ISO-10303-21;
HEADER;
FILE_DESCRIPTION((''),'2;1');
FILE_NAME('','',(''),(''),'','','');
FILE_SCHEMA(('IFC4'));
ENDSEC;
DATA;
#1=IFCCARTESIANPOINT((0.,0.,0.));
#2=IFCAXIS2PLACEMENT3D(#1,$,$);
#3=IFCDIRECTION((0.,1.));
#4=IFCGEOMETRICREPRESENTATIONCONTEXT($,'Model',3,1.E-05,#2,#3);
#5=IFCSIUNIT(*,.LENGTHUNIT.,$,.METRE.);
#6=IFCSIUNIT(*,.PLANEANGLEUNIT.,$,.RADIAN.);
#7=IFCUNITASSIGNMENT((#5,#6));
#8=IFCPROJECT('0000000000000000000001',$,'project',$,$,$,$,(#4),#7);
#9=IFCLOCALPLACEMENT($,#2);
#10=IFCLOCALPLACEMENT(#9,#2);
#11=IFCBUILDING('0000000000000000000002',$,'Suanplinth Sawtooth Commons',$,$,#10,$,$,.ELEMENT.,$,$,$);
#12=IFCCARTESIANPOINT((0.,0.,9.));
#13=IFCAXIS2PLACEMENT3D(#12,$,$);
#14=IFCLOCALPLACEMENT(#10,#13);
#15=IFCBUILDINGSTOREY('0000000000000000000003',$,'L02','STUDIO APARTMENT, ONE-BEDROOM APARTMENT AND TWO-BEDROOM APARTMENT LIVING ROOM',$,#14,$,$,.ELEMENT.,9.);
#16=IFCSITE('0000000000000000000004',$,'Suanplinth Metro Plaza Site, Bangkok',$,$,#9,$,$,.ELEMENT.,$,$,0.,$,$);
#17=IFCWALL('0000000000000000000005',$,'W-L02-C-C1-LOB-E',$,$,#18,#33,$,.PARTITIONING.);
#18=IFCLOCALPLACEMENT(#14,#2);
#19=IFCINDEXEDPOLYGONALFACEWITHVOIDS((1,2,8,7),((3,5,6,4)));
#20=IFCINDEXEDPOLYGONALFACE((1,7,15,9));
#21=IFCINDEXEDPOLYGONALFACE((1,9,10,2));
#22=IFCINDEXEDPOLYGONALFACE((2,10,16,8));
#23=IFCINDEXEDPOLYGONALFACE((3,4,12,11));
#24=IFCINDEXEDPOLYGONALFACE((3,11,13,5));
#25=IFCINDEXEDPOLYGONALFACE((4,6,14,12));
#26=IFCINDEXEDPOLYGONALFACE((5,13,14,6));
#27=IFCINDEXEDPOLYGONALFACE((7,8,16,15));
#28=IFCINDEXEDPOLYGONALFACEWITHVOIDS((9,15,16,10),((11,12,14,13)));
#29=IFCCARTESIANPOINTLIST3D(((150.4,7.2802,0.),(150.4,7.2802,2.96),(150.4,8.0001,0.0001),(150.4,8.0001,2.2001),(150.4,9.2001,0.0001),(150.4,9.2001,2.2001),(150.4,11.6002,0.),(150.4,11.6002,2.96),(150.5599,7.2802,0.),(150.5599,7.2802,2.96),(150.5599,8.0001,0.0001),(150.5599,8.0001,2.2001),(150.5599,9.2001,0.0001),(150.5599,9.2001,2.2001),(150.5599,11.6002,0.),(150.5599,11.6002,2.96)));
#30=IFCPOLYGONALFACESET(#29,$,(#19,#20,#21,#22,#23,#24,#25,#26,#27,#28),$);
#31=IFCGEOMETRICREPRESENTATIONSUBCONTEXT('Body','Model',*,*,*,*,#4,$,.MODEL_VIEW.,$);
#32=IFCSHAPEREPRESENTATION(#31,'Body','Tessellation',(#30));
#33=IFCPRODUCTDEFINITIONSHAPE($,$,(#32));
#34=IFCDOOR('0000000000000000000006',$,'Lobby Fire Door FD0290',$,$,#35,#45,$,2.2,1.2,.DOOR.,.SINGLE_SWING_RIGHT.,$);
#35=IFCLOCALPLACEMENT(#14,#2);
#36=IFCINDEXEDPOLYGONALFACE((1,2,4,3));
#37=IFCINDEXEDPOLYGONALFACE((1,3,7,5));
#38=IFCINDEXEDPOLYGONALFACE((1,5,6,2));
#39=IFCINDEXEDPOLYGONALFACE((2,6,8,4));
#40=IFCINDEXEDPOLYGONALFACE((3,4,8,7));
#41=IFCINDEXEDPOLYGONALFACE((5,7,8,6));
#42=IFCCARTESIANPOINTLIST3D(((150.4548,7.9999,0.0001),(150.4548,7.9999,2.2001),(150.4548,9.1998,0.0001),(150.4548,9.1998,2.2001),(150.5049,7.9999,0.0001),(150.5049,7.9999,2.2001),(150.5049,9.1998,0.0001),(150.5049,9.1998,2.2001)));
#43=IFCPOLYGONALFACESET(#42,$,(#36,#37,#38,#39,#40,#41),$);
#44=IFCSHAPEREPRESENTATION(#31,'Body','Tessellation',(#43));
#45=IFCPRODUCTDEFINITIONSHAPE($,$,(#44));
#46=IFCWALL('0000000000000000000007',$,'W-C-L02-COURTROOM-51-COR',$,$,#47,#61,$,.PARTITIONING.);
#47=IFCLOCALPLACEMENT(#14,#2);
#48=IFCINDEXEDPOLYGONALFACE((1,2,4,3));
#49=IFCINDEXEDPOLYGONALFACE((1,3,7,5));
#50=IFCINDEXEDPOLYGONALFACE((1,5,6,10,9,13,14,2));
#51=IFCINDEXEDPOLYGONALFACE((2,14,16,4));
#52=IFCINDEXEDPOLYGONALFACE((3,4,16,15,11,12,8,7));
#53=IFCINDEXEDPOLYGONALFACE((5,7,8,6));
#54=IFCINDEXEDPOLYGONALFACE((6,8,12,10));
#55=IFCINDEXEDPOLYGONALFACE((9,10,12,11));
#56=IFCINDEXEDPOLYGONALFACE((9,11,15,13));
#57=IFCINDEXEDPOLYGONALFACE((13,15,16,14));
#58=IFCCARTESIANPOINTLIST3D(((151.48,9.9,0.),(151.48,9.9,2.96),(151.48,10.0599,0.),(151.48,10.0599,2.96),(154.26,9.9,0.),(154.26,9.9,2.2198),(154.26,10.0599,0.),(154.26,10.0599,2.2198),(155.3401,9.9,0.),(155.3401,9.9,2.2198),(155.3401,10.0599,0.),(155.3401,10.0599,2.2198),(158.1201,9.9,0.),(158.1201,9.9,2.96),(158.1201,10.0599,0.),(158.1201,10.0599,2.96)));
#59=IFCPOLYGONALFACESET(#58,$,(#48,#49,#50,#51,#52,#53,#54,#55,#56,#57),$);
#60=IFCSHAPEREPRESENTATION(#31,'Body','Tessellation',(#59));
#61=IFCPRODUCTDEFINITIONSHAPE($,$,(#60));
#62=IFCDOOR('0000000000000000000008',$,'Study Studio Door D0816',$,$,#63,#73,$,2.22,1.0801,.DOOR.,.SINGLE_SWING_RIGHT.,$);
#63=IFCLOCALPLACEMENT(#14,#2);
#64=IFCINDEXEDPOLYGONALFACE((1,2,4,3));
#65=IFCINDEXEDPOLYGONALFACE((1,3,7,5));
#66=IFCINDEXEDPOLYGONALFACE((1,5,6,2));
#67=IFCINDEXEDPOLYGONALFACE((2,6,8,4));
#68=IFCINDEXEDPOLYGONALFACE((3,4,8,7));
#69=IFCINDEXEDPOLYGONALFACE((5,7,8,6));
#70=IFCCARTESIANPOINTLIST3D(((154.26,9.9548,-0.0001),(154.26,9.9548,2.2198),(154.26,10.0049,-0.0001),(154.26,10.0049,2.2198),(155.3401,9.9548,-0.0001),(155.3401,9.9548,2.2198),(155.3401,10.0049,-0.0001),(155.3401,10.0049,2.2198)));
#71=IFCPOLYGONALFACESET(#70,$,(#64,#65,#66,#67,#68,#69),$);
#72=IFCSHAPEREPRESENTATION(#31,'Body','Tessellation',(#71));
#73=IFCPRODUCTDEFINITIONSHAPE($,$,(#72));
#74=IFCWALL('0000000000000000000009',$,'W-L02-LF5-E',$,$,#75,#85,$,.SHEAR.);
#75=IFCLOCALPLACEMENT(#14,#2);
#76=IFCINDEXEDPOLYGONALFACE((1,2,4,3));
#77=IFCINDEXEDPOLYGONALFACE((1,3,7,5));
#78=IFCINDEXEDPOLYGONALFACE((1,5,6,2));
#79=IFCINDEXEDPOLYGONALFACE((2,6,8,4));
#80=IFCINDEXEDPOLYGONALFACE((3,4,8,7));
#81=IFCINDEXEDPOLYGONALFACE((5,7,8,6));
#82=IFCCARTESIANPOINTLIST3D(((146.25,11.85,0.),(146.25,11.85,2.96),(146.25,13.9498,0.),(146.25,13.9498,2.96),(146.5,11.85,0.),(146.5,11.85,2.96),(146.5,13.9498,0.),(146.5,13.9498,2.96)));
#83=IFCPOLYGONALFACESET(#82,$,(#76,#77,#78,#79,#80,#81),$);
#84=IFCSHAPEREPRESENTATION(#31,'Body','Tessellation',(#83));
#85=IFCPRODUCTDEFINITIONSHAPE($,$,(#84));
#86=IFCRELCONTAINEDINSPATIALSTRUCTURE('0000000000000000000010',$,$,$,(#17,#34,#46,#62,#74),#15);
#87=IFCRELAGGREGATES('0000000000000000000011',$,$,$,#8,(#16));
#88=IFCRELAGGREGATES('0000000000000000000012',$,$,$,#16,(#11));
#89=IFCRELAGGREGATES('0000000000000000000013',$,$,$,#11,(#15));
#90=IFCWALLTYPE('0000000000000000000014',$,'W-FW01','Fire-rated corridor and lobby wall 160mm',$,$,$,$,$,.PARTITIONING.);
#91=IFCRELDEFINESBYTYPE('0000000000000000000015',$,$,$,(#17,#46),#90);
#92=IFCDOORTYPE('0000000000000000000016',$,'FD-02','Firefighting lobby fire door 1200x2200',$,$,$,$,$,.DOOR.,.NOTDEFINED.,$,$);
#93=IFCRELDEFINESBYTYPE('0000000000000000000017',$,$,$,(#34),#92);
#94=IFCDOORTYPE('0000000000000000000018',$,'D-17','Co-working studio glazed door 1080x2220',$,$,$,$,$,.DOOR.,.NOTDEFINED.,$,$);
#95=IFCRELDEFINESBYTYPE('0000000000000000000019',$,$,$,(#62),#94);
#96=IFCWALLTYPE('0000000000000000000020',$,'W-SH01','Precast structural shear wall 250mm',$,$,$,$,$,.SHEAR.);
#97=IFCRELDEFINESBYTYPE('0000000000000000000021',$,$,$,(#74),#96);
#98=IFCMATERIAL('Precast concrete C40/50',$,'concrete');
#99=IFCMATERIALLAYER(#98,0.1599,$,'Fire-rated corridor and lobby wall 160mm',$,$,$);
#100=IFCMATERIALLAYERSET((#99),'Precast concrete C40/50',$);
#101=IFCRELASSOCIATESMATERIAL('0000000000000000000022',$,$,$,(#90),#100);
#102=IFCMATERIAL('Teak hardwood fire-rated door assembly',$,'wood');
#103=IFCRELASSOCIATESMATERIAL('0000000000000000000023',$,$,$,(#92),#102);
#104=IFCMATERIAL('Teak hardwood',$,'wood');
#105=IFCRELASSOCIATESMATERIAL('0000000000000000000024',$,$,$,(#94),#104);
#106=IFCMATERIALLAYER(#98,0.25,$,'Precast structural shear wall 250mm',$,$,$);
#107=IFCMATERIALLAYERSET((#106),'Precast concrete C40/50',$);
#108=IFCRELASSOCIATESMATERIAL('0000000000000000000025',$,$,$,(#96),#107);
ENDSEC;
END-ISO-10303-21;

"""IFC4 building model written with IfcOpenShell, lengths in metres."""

from ifc_helpers import new_model, si_unit, direction, frame, frame_2d, origin, place, context, subcontext, project, spatial, rectangle, extrude, material, layer, layer_set, type_object, element, fill, save


model = new_model("IFC4")

# Units and contexts
model_context = context("Model", 3, precision=1e-05, world=origin(), true_north=direction((0.0, 1.0)))
body_context = subcontext(model_context, "Body", "Model", "MODEL_VIEW")
ifc_project = project(units=[si_unit("LENGTHUNIT", "METRE"), si_unit("PLANEANGLEUNIT", "RADIAN")], contexts=[model_context])

# Site, building, storey
site_placement = place(None, origin())
site = spatial("IfcSite", under=ifc_project, at=site_placement, Name="Suanplinth Metro Plaza Site, Bangkok", CompositionType="ELEMENT", RefElevation=0.0)
building_placement = place(site_placement, origin())
building = spatial("IfcBuilding", under=site, at=building_placement, Name="Suanplinth Sawtooth Commons", CompositionType="ELEMENT")
storey_placement = place(building_placement, frame((0.0, 0.0, 9.0)))
storey = spatial("IfcBuildingStorey", under=building, at=storey_placement, Name="L02", Description="STUDIO APARTMENT, ONE-BEDROOM APARTMENT AND TWO-BEDROOM APARTMENT LIVING ROOM", CompositionType="ELEMENT", Elevation=9.0)

# Shared definitions
ifc_material_1 = material(Name="Precast concrete C40/50", Category="concrete")

# Walls, openings, doors
ifc_layer_1 = layer(ifc_material_1, 0.1599, Name="Fire-rated corridor and lobby wall 160mm")
ifc_layer_set_1 = layer_set([ifc_layer_1], Name="Precast concrete C40/50")
wall_type_1 = type_object("IfcWallType", Name="W-FW01", Description="Fire-rated corridor and lobby wall 160mm", PredefinedType="PARTITIONING", material=ifc_layer_set_1)
wall_1_placement = place(storey_placement, frame((150.48, 7.28, 0.0), z_axis=(0.0, 0.0, 1.0), x_axis=(0.0, 1.0, 0.0)))
wall_1 = element("IfcWall", 1, at=wall_1_placement, inside=storey, type_object=wall_type_1, Name="W-L02-C-C1-LOB-E", PredefinedType="PARTITIONING", context=body_context, shape_type="SweptSolid", body=[
    extrude(rectangle(XDim=4.3201, YDim=0.1599, at=frame_2d((2.1602, 0.0))), origin(), (0.0, 0.0, 1.0), 2.96),
])
opening_1_placement = place(wall_1_placement, frame((0.72, 0.0, 0.0)))
opening_1 = element("IfcOpeningElement", 2, at=opening_1_placement, cuts=wall_1, PredefinedType="OPENING", context=body_context, shape_type="SweptSolid", body=[
    extrude(rectangle(XDim=1.2, YDim=2.2, at=frame_2d((0.6001, 1.1001))), frame((0.0, 0.0947, 0.0), z_axis=(0.0, -1.0, 0.0), x_axis=(1.0, 0.0, 0.0)), (0.0, 0.0, 1.0), 0.1897),
])
ifc_material_2 = material(Name="Teak hardwood fire-rated door assembly", Category="wood")
door_type_1 = type_object("IfcDoorType", Name="FD-02", Description="Firefighting lobby fire door 1200x2200", OperationType="NOTDEFINED", PredefinedType="DOOR", material=ifc_material_2)
door_1_placement = place(opening_1_placement, frame((1.2, 0.0, 0.0), z_axis=(0.0, 0.0, 1.0), x_axis=(-1.0, 0.0, 0.0)))
door_1 = element("IfcDoor", 3, at=door_1_placement, inside=storey, type_object=door_type_1, Name="Lobby Fire Door FD0290", OperationType="SINGLE_SWING_RIGHT", OverallHeight=2.2, OverallWidth=1.2, PredefinedType="DOOR", context=body_context, shape_type="SweptSolid", body=[
    extrude(rectangle(XDim=1.2, YDim=2.2, at=frame_2d((0.6001, 1.1001))), frame((0.0, 0.0249, 0.0), z_axis=(0.0, -1.0, 0.0), x_axis=(1.0, 0.0, 0.0)), (0.0, 0.0, 1.0), 0.05),
])
fill(opening_1, door_1)
wall_2_placement = place(storey_placement, frame((151.48, 9.98, 0.0), z_axis=(0.0, 0.0, 1.0), x_axis=(1.0, 0.0, 0.0)))
wall_2 = element("IfcWall", 4, at=wall_2_placement, inside=storey, type_object=wall_type_1, Name="W-C-L02-COURTROOM-51-COR", PredefinedType="PARTITIONING", context=body_context, shape_type="SweptSolid", body=[
    extrude(rectangle(XDim=6.6401, YDim=0.1599, at=frame_2d((3.3201, 0.0))), origin(), (0.0, 0.0, 1.0), 2.96),
])
opening_2_placement = place(wall_2_placement, frame((2.78, 0.0, 0.0)))
opening_2 = element("IfcOpeningElement", 5, at=opening_2_placement, cuts=wall_2, PredefinedType="OPENING", context=body_context, shape_type="SweptSolid", body=[
    extrude(rectangle(XDim=1.0801, YDim=2.22, at=frame_2d((0.54, 1.1099))), frame((0.0, 0.0947, 0.0), z_axis=(0.0, -1.0, 0.0), x_axis=(1.0, 0.0, 0.0)), (0.0, 0.0, 1.0), 0.1897),
])
ifc_material_3 = material(Name="Teak hardwood", Category="wood")
door_type_2 = type_object("IfcDoorType", Name="D-17", Description="Co-working studio glazed door 1080x2220", OperationType="NOTDEFINED", PredefinedType="DOOR", material=ifc_material_3)
door_2_placement = place(opening_2_placement, origin())
door_2 = element("IfcDoor", 6, at=door_2_placement, inside=storey, type_object=door_type_2, Name="Study Studio Door D0816", OperationType="SINGLE_SWING_RIGHT", OverallHeight=2.22, OverallWidth=1.0801, PredefinedType="DOOR", context=body_context, shape_type="SweptSolid", body=[
    extrude(rectangle(XDim=1.0801, YDim=2.22, at=frame_2d((0.54, 1.1099))), frame((0.0, 0.0249, 0.0), z_axis=(0.0, -1.0, 0.0), x_axis=(1.0, 0.0, 0.0)), (0.0, 0.0, 1.0), 0.05),
])
fill(opening_2, door_2)

# Wall
ifc_layer_2 = layer(ifc_material_1, 0.25, Name="Precast structural shear wall 250mm")
ifc_layer_set_2 = layer_set([ifc_layer_2], Name="Precast concrete C40/50")
wall_type_2 = type_object("IfcWallType", Name="W-SH01", Description="Precast structural shear wall 250mm", PredefinedType="SHEAR", material=ifc_layer_set_2)
wall_3_placement = place(storey_placement, frame((146.375, 11.8501, 0.0), z_axis=(0.0, 0.0, 1.0), x_axis=(0.0, 1.0, 0.0)))
element("IfcWall", 7, at=wall_3_placement, inside=storey, type_object=wall_type_2, Name="W-L02-LF5-E", PredefinedType="SHEAR", context=body_context, shape_type="SweptSolid", body=[
    extrude(rectangle(XDim=2.0999, YDim=0.25, at=frame_2d((1.0498, 0.0))), origin(), (0.0, 0.0, 1.0), 2.96),
])

save(model, "model.ifc")
